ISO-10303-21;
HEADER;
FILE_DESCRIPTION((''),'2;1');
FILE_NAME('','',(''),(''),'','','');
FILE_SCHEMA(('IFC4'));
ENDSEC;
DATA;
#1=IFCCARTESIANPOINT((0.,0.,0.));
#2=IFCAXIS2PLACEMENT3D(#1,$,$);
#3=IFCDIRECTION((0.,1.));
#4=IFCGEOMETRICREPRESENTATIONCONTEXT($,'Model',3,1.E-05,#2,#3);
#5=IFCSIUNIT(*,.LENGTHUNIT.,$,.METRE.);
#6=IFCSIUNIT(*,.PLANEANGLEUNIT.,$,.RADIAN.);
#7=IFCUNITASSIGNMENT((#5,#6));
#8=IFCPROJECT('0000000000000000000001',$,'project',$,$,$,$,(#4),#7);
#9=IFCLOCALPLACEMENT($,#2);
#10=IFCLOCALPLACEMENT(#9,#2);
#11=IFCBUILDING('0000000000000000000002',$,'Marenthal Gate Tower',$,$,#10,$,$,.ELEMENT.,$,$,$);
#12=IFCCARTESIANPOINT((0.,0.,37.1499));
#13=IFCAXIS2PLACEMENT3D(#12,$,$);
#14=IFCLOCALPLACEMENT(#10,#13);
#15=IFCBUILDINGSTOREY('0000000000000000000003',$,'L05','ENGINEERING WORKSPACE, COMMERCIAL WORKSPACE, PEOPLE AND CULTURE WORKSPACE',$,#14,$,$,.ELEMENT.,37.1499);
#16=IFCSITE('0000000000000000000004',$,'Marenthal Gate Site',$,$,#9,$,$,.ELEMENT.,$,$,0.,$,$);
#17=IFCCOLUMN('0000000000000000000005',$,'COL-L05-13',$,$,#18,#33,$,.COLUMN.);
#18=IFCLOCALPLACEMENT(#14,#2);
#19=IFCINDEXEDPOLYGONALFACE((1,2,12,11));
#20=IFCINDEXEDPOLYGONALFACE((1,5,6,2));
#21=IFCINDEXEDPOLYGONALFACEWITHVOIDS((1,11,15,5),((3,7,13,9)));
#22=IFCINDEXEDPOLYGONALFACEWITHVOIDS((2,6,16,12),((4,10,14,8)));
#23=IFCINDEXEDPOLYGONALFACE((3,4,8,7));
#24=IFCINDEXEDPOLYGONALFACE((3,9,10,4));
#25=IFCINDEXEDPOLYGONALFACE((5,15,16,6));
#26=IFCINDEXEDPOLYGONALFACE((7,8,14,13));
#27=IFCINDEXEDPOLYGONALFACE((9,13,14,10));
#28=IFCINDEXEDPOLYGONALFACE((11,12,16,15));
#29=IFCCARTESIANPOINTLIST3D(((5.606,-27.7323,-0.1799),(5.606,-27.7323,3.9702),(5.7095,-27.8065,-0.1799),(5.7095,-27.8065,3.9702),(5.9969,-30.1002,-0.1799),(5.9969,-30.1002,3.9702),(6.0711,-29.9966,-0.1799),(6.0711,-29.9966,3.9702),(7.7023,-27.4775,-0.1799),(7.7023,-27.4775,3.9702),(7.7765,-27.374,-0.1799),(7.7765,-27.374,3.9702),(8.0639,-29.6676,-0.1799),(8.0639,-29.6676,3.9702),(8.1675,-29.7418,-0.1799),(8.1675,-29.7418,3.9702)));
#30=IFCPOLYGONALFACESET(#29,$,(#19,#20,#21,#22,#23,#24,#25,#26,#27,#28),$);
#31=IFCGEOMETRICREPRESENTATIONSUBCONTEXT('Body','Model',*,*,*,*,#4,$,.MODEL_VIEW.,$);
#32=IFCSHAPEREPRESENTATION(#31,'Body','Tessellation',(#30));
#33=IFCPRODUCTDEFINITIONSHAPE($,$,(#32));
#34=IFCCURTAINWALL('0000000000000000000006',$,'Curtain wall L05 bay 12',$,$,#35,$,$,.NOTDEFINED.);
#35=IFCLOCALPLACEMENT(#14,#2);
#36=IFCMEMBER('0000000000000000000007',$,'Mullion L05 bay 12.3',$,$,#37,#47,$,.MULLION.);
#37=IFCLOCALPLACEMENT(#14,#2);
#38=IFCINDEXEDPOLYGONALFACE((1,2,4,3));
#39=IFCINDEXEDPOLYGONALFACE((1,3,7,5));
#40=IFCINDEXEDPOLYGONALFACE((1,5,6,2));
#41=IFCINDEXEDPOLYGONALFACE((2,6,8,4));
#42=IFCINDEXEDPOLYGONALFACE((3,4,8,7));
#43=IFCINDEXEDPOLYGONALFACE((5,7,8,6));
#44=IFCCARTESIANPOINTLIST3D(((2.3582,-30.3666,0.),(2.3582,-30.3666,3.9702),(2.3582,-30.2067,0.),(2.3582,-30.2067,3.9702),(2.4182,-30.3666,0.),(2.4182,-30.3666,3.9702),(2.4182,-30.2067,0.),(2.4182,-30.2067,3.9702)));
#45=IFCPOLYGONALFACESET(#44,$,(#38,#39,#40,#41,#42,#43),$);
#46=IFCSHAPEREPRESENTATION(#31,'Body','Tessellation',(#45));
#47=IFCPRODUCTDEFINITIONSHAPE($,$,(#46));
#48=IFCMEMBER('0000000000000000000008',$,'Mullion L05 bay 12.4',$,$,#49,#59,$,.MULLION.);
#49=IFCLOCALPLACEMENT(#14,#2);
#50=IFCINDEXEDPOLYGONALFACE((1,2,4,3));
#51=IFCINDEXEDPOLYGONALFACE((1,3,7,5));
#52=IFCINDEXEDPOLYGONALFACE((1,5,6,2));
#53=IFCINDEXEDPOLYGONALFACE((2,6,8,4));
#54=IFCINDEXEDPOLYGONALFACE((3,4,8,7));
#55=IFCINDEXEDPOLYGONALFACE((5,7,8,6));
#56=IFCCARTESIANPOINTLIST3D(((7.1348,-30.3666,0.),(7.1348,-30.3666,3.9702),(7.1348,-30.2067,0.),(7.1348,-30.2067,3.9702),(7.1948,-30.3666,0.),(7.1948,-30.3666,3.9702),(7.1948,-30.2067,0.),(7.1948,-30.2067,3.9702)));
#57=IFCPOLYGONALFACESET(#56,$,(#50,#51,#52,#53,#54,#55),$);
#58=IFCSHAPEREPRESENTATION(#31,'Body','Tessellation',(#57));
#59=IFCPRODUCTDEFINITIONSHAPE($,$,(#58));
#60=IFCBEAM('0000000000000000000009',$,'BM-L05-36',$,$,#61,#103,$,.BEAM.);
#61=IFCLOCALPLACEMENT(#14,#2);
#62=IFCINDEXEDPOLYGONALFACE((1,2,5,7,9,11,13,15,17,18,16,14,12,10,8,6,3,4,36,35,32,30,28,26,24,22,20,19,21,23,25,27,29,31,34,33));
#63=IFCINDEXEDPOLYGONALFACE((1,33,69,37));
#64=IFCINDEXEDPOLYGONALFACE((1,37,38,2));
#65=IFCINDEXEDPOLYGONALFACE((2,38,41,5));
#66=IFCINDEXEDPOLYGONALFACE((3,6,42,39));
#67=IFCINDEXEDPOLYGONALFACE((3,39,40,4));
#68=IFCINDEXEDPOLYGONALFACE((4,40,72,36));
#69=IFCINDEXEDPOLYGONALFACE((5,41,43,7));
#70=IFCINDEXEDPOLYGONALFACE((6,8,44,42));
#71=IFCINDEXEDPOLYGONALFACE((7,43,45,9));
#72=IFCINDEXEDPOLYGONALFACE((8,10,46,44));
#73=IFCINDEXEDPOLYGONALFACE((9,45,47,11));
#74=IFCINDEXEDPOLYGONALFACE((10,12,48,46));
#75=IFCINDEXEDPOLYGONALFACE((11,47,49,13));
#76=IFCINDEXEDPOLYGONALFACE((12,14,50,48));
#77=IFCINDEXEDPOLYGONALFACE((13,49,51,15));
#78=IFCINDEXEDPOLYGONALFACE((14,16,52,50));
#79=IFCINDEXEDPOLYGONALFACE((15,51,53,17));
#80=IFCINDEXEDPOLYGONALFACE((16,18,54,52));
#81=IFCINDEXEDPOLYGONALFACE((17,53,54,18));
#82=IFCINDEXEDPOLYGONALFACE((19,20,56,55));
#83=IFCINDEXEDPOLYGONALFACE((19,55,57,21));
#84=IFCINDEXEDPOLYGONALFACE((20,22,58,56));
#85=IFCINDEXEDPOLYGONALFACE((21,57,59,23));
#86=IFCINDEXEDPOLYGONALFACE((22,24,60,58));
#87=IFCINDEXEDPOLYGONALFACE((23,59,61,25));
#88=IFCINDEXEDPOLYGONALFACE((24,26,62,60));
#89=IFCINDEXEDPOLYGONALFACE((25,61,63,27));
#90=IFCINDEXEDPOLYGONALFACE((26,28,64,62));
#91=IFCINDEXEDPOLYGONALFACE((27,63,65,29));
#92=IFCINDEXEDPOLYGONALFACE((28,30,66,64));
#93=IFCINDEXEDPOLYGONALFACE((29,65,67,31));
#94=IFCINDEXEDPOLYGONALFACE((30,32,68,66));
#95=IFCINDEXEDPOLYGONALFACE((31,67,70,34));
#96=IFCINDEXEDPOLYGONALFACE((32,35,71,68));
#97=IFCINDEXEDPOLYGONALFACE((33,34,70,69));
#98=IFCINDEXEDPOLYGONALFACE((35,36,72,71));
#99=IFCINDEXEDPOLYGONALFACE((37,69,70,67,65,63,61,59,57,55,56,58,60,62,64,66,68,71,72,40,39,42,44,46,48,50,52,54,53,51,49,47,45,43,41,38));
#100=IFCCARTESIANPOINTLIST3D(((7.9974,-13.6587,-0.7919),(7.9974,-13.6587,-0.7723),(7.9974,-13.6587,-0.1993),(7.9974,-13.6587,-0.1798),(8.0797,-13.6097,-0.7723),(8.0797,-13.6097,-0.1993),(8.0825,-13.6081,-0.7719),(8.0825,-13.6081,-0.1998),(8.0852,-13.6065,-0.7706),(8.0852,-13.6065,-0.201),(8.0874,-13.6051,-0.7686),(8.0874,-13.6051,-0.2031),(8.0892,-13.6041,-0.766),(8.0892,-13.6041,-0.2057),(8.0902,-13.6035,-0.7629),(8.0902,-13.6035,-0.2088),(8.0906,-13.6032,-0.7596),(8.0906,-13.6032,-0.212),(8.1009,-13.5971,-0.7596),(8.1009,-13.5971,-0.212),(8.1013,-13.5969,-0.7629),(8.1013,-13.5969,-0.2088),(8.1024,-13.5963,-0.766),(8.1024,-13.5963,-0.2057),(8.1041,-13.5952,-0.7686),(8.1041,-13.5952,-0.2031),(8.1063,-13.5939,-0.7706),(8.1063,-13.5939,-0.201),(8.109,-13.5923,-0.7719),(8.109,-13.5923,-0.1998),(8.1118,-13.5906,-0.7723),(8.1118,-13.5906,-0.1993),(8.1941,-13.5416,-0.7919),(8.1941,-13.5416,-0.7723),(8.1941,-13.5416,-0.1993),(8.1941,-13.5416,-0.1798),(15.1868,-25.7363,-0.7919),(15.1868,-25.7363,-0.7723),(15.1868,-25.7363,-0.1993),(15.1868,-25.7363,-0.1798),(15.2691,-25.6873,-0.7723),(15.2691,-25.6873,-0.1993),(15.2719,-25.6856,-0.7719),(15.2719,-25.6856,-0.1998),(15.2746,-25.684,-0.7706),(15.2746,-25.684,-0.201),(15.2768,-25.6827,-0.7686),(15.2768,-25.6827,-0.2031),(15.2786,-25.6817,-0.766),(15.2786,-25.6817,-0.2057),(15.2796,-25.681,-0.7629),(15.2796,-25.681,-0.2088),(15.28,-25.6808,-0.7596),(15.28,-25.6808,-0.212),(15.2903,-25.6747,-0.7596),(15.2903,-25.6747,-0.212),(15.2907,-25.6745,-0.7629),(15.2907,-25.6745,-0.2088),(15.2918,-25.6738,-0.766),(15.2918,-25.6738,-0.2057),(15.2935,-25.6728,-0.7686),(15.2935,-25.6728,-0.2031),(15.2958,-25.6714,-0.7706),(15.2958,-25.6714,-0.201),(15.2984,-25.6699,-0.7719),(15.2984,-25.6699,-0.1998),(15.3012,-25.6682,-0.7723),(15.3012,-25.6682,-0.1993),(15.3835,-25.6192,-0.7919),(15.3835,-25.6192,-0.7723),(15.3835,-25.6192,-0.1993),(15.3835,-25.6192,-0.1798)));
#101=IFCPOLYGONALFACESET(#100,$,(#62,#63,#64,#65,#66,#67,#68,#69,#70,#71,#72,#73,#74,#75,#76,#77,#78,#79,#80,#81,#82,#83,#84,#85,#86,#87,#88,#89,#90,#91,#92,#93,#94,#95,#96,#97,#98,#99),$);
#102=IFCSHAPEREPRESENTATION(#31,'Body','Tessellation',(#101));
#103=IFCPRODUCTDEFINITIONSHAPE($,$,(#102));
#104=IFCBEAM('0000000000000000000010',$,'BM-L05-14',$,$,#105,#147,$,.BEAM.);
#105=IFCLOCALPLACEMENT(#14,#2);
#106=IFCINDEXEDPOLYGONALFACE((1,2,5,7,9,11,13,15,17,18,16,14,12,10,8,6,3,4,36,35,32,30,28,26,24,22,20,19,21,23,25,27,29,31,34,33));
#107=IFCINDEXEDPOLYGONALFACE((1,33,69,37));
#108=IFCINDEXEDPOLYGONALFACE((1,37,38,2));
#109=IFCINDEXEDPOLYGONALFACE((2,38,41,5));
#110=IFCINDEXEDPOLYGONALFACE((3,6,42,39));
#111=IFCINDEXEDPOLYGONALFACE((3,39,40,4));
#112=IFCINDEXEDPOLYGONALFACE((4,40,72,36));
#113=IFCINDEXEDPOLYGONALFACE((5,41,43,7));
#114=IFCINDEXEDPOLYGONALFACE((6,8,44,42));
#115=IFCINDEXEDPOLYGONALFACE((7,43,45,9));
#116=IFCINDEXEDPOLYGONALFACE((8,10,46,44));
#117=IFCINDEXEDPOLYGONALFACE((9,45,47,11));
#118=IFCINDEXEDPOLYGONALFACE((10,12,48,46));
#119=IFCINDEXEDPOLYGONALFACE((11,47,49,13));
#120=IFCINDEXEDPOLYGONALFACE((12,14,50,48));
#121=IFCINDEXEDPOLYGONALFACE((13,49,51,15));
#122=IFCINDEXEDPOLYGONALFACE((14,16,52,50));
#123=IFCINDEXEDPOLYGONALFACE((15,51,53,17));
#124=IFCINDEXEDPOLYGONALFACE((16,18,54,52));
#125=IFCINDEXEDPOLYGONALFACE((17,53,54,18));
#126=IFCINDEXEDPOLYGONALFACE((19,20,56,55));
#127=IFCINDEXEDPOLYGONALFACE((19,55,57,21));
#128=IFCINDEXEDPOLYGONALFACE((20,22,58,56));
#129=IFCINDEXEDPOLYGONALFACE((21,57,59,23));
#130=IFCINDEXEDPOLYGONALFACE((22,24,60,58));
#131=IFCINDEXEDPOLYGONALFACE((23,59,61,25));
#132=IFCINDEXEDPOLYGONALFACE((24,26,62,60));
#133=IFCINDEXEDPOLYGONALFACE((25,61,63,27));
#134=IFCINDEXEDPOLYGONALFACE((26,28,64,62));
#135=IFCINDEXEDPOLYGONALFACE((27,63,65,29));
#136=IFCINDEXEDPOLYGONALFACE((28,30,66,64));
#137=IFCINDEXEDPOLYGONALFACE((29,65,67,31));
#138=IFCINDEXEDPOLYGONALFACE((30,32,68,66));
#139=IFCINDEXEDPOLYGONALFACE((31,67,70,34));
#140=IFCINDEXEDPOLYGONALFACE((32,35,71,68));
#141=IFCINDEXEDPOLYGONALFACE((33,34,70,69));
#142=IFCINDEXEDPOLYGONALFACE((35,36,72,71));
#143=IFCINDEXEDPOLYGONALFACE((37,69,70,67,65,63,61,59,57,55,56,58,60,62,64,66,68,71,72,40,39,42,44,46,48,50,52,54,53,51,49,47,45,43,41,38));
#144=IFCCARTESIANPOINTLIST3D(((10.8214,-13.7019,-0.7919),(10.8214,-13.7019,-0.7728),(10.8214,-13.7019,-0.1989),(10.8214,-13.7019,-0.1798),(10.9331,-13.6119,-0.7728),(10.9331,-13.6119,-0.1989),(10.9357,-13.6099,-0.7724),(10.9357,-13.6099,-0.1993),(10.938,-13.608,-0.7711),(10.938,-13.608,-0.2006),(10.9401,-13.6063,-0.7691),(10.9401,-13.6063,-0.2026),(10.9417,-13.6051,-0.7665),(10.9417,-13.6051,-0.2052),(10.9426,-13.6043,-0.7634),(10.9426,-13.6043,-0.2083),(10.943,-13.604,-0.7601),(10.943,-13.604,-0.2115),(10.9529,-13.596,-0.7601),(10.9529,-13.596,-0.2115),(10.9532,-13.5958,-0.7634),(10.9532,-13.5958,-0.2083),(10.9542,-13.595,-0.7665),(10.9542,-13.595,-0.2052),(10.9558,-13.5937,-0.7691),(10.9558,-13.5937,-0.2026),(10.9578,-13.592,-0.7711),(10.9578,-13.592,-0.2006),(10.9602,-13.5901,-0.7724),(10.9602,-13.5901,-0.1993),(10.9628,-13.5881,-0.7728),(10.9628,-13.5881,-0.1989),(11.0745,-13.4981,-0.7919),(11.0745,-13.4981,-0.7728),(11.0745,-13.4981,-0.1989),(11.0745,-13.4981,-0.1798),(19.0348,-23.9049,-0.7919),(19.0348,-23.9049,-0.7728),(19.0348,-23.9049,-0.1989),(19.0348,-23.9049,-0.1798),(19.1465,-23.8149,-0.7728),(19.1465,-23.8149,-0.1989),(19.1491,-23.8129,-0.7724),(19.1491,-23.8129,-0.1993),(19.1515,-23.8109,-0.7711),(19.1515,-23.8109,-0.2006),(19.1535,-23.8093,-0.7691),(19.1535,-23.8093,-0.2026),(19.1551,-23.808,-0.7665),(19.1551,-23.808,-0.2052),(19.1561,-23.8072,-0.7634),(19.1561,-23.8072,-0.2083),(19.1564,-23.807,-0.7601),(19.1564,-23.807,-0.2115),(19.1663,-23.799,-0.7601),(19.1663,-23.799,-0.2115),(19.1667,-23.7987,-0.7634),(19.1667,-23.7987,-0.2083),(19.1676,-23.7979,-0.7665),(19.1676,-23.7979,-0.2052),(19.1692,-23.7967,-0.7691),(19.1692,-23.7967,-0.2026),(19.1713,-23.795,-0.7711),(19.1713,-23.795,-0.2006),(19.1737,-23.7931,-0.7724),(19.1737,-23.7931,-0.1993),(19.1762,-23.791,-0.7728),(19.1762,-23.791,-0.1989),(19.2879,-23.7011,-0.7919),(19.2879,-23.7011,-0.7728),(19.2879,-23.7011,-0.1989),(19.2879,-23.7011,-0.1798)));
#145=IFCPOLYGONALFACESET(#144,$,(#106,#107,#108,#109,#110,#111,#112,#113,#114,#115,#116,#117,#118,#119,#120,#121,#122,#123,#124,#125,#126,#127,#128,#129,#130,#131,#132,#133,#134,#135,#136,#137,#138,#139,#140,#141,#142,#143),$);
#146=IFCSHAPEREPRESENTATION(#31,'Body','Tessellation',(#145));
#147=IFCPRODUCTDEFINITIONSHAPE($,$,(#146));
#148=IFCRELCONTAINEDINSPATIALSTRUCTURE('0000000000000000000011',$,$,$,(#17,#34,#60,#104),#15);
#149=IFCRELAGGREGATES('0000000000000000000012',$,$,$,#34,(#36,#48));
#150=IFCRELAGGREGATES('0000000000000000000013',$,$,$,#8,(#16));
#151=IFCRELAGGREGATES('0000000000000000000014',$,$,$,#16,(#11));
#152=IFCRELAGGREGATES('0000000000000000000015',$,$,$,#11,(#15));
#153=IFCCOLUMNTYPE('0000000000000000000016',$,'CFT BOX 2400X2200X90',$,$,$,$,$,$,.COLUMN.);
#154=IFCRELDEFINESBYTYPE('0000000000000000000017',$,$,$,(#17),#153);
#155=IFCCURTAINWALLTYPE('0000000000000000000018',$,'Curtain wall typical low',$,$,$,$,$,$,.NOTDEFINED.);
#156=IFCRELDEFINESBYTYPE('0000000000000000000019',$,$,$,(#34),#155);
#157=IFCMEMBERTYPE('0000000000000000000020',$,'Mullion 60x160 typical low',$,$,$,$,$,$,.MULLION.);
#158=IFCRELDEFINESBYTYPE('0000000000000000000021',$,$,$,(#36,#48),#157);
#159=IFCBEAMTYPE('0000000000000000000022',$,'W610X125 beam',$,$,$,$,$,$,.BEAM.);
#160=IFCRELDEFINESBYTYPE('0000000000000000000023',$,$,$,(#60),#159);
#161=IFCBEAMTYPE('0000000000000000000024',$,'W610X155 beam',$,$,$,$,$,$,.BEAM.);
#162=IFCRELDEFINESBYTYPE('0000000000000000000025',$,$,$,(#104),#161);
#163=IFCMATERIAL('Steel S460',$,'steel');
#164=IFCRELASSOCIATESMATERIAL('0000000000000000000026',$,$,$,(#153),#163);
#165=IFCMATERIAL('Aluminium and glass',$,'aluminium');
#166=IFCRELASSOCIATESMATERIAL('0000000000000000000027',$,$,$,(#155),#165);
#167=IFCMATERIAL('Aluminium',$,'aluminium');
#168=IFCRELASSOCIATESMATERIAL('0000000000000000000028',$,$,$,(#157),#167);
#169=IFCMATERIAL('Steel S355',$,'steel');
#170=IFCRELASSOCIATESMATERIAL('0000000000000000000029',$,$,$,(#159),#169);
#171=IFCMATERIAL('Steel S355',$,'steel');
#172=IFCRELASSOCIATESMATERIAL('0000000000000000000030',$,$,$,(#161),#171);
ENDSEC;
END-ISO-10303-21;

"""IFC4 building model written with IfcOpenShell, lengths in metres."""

from ifc_helpers import new_model, si_unit, direction, frame, origin, origin_2d, place, context, subcontext, project, spatial, rectangle, hollow_rectangle, i_section, extrude, material, material_profile, profile_set, type_object, element, aggregate, save


model = new_model("IFC4")

# Units and contexts
model_context = context("Model", 3, precision=1e-05, world=origin(), true_north=direction((0.0, 1.0)))
body_context = subcontext(model_context, "Body", "Model", "MODEL_VIEW")
ifc_project = project(units=[si_unit("LENGTHUNIT", "METRE"), si_unit("PLANEANGLEUNIT", "RADIAN")], contexts=[model_context])

# Site, building, storey
site_placement = place(None, origin())
site = spatial("IfcSite", under=ifc_project, at=site_placement, Name="Marenthal Gate Site", CompositionType="ELEMENT", RefElevation=0.0)
building_placement = place(site_placement, origin())
building = spatial("IfcBuilding", under=site, at=building_placement, Name="Marenthal Gate Tower", CompositionType="ELEMENT")
storey_placement = place(building_placement, frame((0.0, 0.0, 37.1499)))
storey = spatial("IfcBuildingStorey", under=building, at=storey_placement, Name="L05", Description="ENGINEERING WORKSPACE, COMMERCIAL WORKSPACE, PEOPLE AND CULTURE WORKSPACE", CompositionType="ELEMENT", Elevation=37.1499)

# Column
ifc_material_1 = material(Name="Steel S460", Category="steel")
ifc_material_profile_1 = material_profile(ifc_material_1, hollow_rectangle(XDim=2.2, YDim=2.3999, WallThickness=0.0901, at=origin_2d()), Name="CFT BOX 2400X2200X90")
ifc_material_2 = material(Name="Concrete 70 MPa", Category="concrete")
ifc_material_profile_2 = material_profile(ifc_material_2, rectangle(XDim=2.02, YDim=2.22, at=origin_2d()), Name="CFT BOX 2400X2200X90 INFILL")
ifc_profile_set_1 = profile_set([ifc_material_profile_1, ifc_material_profile_2], Name="Steel S460 shell, Concrete 70 MPa infill")
column_type = type_object("IfcColumnType", Name="CFT BOX 2400X2200X90", PredefinedType="COLUMN", material=ifc_profile_set_1)
column_placement = place(storey_placement, frame((6.8867, -28.7371, -0.1799), z_axis=(0.0, 0.0, 1.0), x_axis=(-0.986643, -0.162897, 0.0)))
element("IfcColumn", 1, at=column_placement, inside=storey, type_object=column_type, Name="COL-L05-13", PredefinedType="COLUMN", context=body_context, shape_type="SweptSolid", body=[
    extrude(hollow_rectangle(XDim=2.2, YDim=2.3999, WallThickness=0.0901, at=origin_2d()), origin(), (0.0, 0.0, 1.0), 4.1501),
])

# Curtain wall, members
ifc_material_3 = material(Name="Aluminium and glass", Category="aluminium")
curtain_wall_type = type_object("IfcCurtainWallType", Name="Curtain wall typical low", PredefinedType="NOTDEFINED", material=ifc_material_3)
curtain_wall_placement = place(storey_placement, origin())
curtain_wall = element("IfcCurtainWall", 2, at=curtain_wall_placement, inside=storey, type_object=curtain_wall_type, Name="Curtain wall L05 bay 12", PredefinedType="NOTDEFINED")
ifc_material_4 = material(Name="Aluminium", Category="aluminium")
ifc_material_profile_3 = material_profile(ifc_material_4, rectangle(XDim=0.1599, YDim=0.0601, at=origin_2d()), Name="60x160 aluminium mullion")
ifc_profile_set_2 = profile_set([ifc_material_profile_3], Name="Aluminium")
member_type = type_object("IfcMemberType", Name="Mullion 60x160 typical low", PredefinedType="MULLION", material=ifc_profile_set_2)
member_1_placement = place(storey_placement, frame((2.3882, -30.2866, 0.0), z_axis=(0.0, 0.0, 1.0), x_axis=(0.0, 1.0, 0.0)))
member_1 = element("IfcMember", 3, at=member_1_placement, type_object=member_type, Name="Mullion L05 bay 12.3", PredefinedType="MULLION", context=body_context, shape_type="SweptSolid", body=[
    extrude(rectangle(XDim=0.1599, YDim=0.0601, at=origin_2d()), origin(), (0.0, 0.0, 1.0), 3.9702),
])
member_2_placement = place(storey_placement, frame((7.1648, -30.2866, 0.0), z_axis=(0.0, 0.0, 1.0), x_axis=(0.0, 1.0, 0.0)))
member_2 = element("IfcMember", 4, at=member_2_placement, type_object=member_type, Name="Mullion L05 bay 12.4", PredefinedType="MULLION", context=body_context, shape_type="SweptSolid", body=[
    extrude(rectangle(XDim=0.1599, YDim=0.0601, at=origin_2d()), origin(), (0.0, 0.0, 1.0), 3.9702),
])

# Beams
ifc_material_5 = material(Name="Steel S355", Category="steel")
ifc_material_profile_4 = material_profile(ifc_material_5, i_section(OverallWidth=0.229, OverallDepth=0.6121, WebThickness=0.012, FlangeThickness=0.0195, FilletRadius=0.0127, at=origin_2d()), Name="W610X125")
ifc_profile_set_3 = profile_set([ifc_material_profile_4], Name="Steel S355")
beam_type_1 = type_object("IfcBeamType", Name="W610X125 beam", PredefinedType="BEAM", material=ifc_profile_set_3)
beam_1_placement = place(storey_placement, frame((15.2852, -25.6777, -0.4858), z_axis=(-0.511504, 0.859281, 0.0), x_axis=(-0.859281, -0.511504, 0.0)))
element("IfcBeam", 5, at=beam_1_placement, inside=storey, type_object=beam_type_1, Name="BM-L05-36", PredefinedType="BEAM", context=body_context, shape_type="SweptSolid", body=[
    extrude(i_section(OverallWidth=0.229, OverallDepth=0.6121, WebThickness=0.012, FlangeThickness=0.0195, FilletRadius=0.0127, at=origin_2d()), origin(), (0.0, 0.0, 1.0), 14.0554),
])
ifc_material_6 = material(Name="Steel S355", Category="steel")
ifc_material_profile_5 = material_profile(ifc_material_6, i_section(OverallWidth=0.325, OverallDepth=0.6121, WebThickness=0.0127, FlangeThickness=0.019, FilletRadius=0.0127, at=origin_2d()), Name="W610X155")
ifc_profile_set_4 = profile_set([ifc_material_profile_5], Name="Steel S355")
beam_type_2 = type_object("IfcBeamType", Name="W610X155 beam", PredefinedType="BEAM", material=ifc_profile_set_4)
beam_2_placement = place(storey_placement, frame((19.1614, -23.803, -0.4858), z_axis=(-0.62707, 0.778963, 0.0), x_axis=(-0.778963, -0.62707, 0.0)))
element("IfcBeam", 6, at=beam_2_placement, inside=storey, type_object=beam_type_2, Name="BM-L05-14", PredefinedType="BEAM", context=body_context, shape_type="SweptSolid", body=[
    extrude(i_section(OverallWidth=0.325, OverallDepth=0.6121, WebThickness=0.0127, FlangeThickness=0.019, FilletRadius=0.0127, at=origin_2d()), origin(), (0.0, 0.0, 1.0), 13.0981),
])

aggregate(curtain_wall, [member_1, member_2])

save(model, "model.ifc")
